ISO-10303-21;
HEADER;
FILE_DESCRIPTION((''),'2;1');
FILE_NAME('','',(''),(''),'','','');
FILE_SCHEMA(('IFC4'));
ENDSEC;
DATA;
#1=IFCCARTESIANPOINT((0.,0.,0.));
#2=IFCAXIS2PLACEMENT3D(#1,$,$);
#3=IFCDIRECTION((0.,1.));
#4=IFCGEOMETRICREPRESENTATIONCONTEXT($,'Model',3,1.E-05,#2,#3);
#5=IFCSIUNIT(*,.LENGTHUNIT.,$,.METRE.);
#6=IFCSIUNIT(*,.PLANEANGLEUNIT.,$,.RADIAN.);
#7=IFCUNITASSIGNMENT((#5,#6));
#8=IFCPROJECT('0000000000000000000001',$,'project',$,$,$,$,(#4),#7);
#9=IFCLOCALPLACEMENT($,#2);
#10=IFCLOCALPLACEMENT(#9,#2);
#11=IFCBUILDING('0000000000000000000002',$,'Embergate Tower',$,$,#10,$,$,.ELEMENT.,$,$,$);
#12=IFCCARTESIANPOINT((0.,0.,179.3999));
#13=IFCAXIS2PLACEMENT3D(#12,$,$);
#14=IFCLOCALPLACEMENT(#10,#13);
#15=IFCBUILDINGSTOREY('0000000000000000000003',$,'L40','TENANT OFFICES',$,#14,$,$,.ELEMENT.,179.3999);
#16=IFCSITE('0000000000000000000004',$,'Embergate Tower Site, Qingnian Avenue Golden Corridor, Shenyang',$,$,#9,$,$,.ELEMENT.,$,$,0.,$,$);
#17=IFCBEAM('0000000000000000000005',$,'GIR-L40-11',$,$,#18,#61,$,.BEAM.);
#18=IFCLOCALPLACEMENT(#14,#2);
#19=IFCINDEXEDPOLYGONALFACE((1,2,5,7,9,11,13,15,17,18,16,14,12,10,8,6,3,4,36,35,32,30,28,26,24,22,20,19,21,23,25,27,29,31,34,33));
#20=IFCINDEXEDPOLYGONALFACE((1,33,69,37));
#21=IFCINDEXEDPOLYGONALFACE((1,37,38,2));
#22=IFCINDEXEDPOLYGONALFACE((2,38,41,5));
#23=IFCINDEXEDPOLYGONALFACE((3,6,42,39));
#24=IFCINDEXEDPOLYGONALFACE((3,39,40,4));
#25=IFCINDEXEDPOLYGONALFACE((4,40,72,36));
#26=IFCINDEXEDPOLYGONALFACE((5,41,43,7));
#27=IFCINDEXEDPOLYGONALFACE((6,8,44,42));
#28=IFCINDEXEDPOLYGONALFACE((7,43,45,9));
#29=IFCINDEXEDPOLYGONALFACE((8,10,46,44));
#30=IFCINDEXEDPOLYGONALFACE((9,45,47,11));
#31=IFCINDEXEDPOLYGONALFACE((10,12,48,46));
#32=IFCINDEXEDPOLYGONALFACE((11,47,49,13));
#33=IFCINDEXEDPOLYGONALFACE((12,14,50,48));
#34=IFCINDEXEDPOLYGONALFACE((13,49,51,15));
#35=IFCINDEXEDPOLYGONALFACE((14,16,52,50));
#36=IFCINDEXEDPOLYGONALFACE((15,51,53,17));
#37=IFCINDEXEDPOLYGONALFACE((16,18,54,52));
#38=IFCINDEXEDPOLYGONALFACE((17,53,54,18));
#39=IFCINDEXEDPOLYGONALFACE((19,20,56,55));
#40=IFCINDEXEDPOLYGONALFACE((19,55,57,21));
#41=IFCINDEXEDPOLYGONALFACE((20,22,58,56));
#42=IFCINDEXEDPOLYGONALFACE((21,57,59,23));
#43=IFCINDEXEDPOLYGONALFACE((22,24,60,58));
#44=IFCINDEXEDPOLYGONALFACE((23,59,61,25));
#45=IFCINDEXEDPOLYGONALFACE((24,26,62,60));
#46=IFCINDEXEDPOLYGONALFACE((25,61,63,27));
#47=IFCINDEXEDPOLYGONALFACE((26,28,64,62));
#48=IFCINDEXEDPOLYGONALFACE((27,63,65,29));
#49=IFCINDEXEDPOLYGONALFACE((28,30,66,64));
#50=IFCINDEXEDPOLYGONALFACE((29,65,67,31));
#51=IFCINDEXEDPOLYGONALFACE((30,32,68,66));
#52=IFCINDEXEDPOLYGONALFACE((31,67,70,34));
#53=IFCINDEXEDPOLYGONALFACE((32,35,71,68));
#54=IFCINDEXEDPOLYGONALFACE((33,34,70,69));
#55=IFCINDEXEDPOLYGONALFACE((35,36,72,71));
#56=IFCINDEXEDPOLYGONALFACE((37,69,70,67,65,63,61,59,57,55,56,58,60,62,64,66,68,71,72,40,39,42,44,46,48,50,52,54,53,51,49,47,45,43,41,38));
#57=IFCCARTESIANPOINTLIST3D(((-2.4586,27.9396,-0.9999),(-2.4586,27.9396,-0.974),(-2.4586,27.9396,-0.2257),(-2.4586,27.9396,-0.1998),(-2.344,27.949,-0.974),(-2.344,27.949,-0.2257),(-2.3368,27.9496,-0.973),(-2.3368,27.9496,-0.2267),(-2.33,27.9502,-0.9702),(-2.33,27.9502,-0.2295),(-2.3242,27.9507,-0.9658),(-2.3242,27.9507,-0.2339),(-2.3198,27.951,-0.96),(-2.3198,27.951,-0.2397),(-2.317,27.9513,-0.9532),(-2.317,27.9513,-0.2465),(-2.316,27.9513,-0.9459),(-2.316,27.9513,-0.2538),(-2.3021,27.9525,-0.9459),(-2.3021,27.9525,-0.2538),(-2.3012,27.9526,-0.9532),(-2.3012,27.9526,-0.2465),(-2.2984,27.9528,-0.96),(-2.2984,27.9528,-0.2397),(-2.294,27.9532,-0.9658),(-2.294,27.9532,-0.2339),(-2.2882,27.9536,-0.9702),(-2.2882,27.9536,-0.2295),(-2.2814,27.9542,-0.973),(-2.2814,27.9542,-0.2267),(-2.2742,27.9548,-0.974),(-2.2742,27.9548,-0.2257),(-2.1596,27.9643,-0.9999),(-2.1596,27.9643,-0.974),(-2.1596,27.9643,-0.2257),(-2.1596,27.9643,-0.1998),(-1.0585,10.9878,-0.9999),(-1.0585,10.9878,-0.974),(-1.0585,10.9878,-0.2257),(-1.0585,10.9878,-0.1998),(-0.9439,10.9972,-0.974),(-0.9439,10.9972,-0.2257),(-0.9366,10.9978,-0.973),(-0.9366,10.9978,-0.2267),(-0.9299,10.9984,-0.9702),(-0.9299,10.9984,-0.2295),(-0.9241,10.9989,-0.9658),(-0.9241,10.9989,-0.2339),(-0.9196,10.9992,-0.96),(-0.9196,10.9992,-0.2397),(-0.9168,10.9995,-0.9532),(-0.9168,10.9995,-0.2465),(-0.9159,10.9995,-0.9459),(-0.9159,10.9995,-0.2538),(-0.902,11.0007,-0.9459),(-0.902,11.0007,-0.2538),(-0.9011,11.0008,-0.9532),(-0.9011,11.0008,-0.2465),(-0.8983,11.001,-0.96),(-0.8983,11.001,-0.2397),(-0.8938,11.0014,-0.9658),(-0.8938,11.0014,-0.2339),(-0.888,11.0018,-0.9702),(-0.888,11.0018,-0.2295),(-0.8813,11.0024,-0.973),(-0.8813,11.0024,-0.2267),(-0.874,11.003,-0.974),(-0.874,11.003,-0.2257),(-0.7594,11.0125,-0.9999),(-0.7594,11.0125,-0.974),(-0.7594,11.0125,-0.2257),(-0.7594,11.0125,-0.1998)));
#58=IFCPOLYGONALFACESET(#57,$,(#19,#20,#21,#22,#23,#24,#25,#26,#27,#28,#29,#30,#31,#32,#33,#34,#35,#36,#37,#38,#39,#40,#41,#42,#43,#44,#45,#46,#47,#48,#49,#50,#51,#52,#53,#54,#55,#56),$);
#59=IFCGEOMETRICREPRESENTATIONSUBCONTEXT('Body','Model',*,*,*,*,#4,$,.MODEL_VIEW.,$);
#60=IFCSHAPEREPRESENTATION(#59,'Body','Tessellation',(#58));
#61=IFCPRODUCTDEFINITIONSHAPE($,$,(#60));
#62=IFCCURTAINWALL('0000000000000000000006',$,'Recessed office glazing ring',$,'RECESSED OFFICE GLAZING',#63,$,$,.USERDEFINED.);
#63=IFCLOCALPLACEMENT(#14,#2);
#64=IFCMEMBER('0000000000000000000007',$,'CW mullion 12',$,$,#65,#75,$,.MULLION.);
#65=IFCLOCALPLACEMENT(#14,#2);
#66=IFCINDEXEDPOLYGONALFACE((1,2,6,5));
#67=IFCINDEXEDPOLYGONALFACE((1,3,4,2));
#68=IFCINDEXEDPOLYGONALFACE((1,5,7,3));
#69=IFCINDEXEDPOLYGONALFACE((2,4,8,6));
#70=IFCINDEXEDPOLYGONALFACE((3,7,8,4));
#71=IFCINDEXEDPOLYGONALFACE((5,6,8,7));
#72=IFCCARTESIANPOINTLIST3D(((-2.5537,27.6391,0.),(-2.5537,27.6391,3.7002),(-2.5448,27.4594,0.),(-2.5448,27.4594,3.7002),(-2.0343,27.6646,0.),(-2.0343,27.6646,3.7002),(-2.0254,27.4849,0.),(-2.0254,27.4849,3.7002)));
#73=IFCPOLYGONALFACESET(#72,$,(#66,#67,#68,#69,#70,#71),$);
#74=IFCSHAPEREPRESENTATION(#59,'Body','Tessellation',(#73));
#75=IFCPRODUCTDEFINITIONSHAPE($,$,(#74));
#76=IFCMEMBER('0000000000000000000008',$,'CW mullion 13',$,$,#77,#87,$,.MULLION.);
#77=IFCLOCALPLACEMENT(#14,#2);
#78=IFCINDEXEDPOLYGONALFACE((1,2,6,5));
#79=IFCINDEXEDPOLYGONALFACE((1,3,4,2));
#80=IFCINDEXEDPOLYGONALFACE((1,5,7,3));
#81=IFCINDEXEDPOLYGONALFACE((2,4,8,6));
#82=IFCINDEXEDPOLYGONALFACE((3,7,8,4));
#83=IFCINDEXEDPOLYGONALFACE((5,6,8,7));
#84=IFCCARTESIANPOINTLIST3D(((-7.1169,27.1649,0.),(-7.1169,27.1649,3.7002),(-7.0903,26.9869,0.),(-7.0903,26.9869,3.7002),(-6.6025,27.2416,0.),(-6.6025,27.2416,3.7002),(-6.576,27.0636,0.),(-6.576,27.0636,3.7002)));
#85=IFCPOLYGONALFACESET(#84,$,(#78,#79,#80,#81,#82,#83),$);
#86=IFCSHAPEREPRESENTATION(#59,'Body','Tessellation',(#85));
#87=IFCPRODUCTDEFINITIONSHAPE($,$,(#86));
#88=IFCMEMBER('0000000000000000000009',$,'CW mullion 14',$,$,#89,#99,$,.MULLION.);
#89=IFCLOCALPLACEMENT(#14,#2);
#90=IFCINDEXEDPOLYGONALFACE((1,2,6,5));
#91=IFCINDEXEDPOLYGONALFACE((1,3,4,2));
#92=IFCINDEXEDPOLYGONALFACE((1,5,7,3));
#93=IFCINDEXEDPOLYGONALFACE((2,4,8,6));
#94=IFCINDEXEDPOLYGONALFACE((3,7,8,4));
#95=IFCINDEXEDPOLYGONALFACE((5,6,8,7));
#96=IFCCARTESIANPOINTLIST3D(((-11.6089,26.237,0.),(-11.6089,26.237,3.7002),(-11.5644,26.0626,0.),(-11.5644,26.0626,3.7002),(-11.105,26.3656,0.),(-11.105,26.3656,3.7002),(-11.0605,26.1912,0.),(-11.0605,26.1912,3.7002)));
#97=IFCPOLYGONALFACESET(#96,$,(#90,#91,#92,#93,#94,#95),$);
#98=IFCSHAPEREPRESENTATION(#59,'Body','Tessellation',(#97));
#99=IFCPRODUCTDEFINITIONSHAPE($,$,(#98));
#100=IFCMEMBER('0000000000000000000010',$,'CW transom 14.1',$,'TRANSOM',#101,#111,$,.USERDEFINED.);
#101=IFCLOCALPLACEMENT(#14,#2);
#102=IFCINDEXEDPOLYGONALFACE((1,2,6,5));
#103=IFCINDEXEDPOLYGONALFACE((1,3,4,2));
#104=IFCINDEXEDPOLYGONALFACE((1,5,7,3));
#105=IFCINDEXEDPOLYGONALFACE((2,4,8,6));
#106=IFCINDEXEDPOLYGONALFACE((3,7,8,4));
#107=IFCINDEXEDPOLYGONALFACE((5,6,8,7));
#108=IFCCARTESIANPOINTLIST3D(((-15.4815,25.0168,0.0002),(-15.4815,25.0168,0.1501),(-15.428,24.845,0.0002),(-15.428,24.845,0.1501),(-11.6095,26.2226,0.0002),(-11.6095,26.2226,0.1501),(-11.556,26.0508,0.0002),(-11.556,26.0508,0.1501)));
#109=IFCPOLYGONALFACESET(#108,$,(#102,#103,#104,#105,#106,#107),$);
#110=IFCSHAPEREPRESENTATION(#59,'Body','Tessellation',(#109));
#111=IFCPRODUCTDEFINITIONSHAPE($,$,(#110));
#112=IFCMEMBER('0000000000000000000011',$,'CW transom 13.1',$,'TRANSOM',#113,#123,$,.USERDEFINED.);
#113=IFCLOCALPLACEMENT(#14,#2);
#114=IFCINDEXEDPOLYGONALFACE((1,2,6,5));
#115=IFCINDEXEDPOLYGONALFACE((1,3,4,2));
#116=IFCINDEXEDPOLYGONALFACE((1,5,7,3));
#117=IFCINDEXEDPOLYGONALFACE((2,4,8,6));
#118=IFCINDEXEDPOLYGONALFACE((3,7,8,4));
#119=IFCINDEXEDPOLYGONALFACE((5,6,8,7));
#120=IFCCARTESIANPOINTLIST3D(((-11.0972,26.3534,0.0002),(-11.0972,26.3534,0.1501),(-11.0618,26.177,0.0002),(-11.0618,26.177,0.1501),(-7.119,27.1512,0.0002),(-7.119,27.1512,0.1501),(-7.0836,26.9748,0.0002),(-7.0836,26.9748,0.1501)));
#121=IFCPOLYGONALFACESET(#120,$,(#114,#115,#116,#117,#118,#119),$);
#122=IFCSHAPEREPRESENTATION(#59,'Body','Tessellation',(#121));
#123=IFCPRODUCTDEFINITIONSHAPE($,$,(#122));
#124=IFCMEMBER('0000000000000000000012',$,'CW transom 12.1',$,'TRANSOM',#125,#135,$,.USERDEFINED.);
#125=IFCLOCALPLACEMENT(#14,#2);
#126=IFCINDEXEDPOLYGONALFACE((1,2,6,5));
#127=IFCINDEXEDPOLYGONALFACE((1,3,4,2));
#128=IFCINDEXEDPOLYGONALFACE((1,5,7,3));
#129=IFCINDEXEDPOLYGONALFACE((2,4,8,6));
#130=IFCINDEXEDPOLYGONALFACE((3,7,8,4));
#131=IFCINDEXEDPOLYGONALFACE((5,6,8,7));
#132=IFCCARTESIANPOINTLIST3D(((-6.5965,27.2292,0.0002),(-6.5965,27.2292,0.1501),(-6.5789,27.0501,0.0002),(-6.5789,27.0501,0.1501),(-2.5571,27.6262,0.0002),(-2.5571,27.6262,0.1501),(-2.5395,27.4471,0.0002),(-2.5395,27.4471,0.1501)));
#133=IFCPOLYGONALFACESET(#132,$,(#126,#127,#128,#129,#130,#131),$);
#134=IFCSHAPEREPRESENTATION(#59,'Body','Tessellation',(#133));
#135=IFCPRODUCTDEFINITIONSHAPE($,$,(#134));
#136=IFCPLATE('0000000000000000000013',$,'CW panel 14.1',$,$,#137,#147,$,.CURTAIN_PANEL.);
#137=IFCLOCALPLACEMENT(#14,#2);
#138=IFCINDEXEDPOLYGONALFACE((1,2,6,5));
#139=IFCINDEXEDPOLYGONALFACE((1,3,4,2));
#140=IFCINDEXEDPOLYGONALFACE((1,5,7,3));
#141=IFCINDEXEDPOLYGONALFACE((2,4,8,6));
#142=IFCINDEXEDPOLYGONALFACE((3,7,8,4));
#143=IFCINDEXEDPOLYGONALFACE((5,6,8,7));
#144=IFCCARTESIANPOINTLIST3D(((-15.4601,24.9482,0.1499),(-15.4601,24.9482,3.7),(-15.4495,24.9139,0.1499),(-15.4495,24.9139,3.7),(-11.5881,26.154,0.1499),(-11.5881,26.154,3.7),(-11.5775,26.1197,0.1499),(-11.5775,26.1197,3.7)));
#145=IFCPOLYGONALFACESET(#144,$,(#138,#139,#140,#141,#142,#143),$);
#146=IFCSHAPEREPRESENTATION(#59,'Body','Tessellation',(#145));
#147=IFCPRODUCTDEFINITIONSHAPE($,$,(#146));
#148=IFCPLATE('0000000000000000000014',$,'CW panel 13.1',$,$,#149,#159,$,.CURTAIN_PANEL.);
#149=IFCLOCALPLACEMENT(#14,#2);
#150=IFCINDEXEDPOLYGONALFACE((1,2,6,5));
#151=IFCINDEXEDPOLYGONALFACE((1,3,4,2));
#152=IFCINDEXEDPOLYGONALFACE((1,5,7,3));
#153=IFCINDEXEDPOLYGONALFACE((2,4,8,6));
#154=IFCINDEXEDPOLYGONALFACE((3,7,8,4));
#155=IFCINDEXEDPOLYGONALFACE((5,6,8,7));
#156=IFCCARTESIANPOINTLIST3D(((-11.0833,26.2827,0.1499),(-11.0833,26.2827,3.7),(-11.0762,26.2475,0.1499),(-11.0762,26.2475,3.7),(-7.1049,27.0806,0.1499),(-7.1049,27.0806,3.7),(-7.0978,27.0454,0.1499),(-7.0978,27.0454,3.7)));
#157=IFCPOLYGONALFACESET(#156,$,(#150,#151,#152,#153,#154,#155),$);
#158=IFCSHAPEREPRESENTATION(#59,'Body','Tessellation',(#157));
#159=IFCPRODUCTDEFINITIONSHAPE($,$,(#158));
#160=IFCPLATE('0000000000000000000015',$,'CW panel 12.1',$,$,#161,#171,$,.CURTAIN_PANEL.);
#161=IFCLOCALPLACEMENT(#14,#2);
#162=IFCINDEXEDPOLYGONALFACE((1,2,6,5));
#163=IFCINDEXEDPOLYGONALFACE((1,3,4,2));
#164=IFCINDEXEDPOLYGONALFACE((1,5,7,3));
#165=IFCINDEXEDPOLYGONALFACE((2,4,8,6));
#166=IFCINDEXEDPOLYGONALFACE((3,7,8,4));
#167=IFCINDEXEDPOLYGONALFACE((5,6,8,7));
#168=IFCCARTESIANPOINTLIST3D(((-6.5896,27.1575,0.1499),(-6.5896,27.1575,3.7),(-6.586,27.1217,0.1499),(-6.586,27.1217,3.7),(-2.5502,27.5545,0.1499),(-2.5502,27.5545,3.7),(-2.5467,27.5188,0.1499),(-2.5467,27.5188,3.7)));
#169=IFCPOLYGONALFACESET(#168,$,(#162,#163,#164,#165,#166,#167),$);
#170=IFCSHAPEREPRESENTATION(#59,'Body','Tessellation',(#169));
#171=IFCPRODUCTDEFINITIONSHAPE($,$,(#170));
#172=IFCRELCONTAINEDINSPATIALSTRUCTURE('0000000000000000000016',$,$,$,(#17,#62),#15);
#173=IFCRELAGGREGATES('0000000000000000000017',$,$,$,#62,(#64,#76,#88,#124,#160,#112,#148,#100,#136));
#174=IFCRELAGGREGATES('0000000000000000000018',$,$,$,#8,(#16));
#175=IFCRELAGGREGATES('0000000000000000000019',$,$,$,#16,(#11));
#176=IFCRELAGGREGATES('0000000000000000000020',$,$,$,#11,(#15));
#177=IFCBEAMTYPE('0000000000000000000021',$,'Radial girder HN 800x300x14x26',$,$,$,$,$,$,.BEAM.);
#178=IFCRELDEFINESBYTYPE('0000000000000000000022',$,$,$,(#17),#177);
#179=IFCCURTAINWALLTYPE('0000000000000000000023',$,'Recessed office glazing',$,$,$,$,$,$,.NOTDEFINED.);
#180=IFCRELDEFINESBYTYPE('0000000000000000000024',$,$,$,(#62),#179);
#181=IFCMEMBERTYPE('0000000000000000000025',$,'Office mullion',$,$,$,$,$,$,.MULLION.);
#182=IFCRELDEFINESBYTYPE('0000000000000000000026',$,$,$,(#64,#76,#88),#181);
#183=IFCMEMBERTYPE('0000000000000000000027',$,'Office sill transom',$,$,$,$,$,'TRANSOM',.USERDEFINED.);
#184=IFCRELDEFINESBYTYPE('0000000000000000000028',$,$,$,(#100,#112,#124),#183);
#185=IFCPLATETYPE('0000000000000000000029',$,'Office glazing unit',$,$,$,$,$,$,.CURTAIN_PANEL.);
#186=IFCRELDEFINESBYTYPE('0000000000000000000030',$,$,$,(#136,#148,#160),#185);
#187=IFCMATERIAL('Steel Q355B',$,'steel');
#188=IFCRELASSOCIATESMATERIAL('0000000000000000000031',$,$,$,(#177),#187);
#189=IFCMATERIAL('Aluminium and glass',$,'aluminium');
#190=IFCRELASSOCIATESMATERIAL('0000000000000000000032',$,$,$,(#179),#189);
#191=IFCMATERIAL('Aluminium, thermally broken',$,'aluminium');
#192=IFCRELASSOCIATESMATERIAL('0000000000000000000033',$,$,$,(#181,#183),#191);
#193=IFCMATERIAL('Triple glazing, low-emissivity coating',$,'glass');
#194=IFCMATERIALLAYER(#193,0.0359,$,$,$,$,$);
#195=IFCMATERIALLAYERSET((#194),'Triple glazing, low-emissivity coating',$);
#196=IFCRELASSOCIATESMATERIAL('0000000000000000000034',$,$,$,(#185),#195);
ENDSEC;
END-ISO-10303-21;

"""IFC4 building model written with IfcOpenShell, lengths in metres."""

from ifc_helpers import new_model, si_unit, direction, frame, origin, origin_2d, place, context, subcontext, project, spatial, rectangle, i_section, extrude, source, transform, mapped, material, layer, layer_set, material_profile, profile_set, type_object, element, aggregate, save


model = new_model("IFC4")

# Units and contexts
model_context = context("Model", 3, precision=1e-05, world=origin(), true_north=direction((0.0, 1.0)))
body_context = subcontext(model_context, "Body", "Model", "MODEL_VIEW")
ifc_project = project(units=[si_unit("LENGTHUNIT", "METRE"), si_unit("PLANEANGLEUNIT", "RADIAN")], contexts=[model_context])

# Site, building, storey
site_placement = place(None, origin())
site = spatial("IfcSite", under=ifc_project, at=site_placement, Name="Embergate Tower Site, Qingnian Avenue Golden Corridor, Shenyang", CompositionType="ELEMENT", RefElevation=0.0)
building_placement = place(site_placement, origin())
building = spatial("IfcBuilding", under=site, at=building_placement, Name="Embergate Tower", CompositionType="ELEMENT")
storey_placement = place(building_placement, frame((0.0, 0.0, 179.3999)))
storey = spatial("IfcBuildingStorey", under=building, at=storey_placement, Name="L40", Description="TENANT OFFICES", CompositionType="ELEMENT", Elevation=179.3999)

# Beam
ifc_material_1 = material(Name="Steel Q355B", Category="steel")
ifc_material_profile_1 = material_profile(ifc_material_1, i_section(OverallWidth=0.3, OverallDepth=0.8, WebThickness=0.0139, FlangeThickness=0.0259, FilletRadius=0.0281, at=origin_2d()), Name="HN 800x300x14x26")
ifc_profile_set_1 = profile_set([ifc_material_profile_1], Name="Steel Q355 grade B")
beam_type_1 = type_object("IfcBeamType", Name="Radial girder HN 800x300x14x26", PredefinedType="BEAM", material=ifc_profile_set_1)
shared_shape_1 = source(origin(), body_context, "Body", "SweptSolid", [
    extrude(i_section(OverallWidth=0.3, OverallDepth=0.8, WebThickness=0.0139, FlangeThickness=0.0259, FilletRadius=0.0281, at=origin_2d()), origin(), (0.0, 0.0, 1.0), 17.0095),
])
beam_1_placement = place(storey_placement, frame((-2.3091, 27.9519, -0.5999), z_axis=(0.082315, -0.996606, 0.0), x_axis=(0.996606, 0.082315, 0.0)))
element("IfcBeam", 1, at=beam_1_placement, inside=storey, type_object=beam_type_1, Name="GIR-L40-11", PredefinedType="BEAM", context=body_context, shape_type="MappedRepresentation", body=[
    mapped(shared_shape_1, transform((0.0, 0.0, 0.0))),
])

# Curtain wall, members, plates
ifc_material_2 = material(Name="Aluminium and glass", Category="aluminium")
curtain_wall_type = type_object("IfcCurtainWallType", Name="Recessed office glazing", PredefinedType="NOTDEFINED", material=ifc_material_2)
curtain_wall_placement = place(storey_placement, origin())
curtain_wall = element("IfcCurtainWall", 2, at=curtain_wall_placement, inside=storey, type_object=curtain_wall_type, Name="Recessed office glazing ring", ObjectType="RECESSED OFFICE GLAZING", PredefinedType="USERDEFINED")
ifc_material_3 = material(Name="Aluminium, thermally broken", Category="aluminium")
ifc_material_profile_2 = material_profile(ifc_material_3, rectangle(XDim=0.1799, YDim=0.52, at=origin_2d()), Name="AL 520x180")
ifc_profile_set_2 = profile_set([ifc_material_profile_2], Name="Aluminium, thermally broken")
member_type_1 = type_object("IfcMemberType", Name="Office mullion", PredefinedType="MULLION", material=ifc_profile_set_2)
shared_shape_2 = source(origin(), body_context, "Body", "SweptSolid", [
    extrude(rectangle(XDim=0.1799, YDim=0.52, at=origin_2d()), origin(), (0.0, 0.0, 1.0), 3.7002),
])
member_1_placement = place(storey_placement, frame((-2.2896, 27.562, 0.0), z_axis=(0.0, 0.0, 1.0), x_axis=(0.04897, -0.9988, 0.0)))
member_1 = element("IfcMember", 3, at=member_1_placement, type_object=member_type_1, Name="CW mullion 12", PredefinedType="MULLION", context=body_context, shape_type="MappedRepresentation", body=[
    mapped(shared_shape_2, transform((0.0, 0.0, 0.0))),
])
member_2_placement = place(storey_placement, frame((-6.8464, 27.1143, 0.0), z_axis=(0.0, 0.0, 1.0), x_axis=(0.147409, -0.989076, 0.0)))
member_2 = element("IfcMember", 4, at=member_2_placement, type_object=member_type_1, Name="CW mullion 13", PredefinedType="MULLION", context=body_context, shape_type="MappedRepresentation", body=[
    mapped(shared_shape_2, transform((0.0, 0.0, 0.0))),
])
member_3_placement = place(storey_placement, frame((-11.3347, 26.2141, 0.0), z_axis=(0.0, 0.0, 1.0), x_axis=(0.247308, -0.968937, 0.0)))
member_3 = element("IfcMember", 5, at=member_3_placement, type_object=member_type_1, Name="CW mullion 14", PredefinedType="MULLION", context=body_context, shape_type="MappedRepresentation", body=[
    mapped(shared_shape_2, transform((0.0, 0.0, 0.0))),
])
ifc_material_profile_3 = material_profile(ifc_material_3, rectangle(XDim=0.1799, YDim=0.1499, at=origin_2d()), Name="AL 150x180")
ifc_profile_set_3 = profile_set([ifc_material_profile_3], Name="Aluminium, thermally broken")
member_type_2 = type_object("IfcMemberType", Name="Office sill transom", ElementType="TRANSOM", PredefinedType="USERDEFINED", material=ifc_profile_set_3)
shared_shape_3 = source(origin(), body_context, "Body", "SweptSolid", [
    extrude(rectangle(XDim=0.1799, YDim=0.1499, at=origin_2d()), origin(), (0.0, 0.0, 1.0), 4.0554),
])
member_4_placement = place(storey_placement, frame((-11.5828, 26.1367, 0.0752), z_axis=(-0.954775, -0.297329, 0.0), x_axis=(0.297329, -0.954775, 0.0)))
member_4 = element("IfcMember", 6, at=member_4_placement, type_object=member_type_2, Name="CW transom 14.1", ObjectType="TRANSOM", PredefinedType="USERDEFINED", context=body_context, shape_type="MappedRepresentation", body=[
    mapped(shared_shape_3, transform((0.0, 0.0, 0.0))),
])
shared_shape_4 = source(origin(), body_context, "Body", "SweptSolid", [
    extrude(rectangle(XDim=0.1799, YDim=0.1499, at=origin_2d()), origin(), (0.0, 0.0, 1.0), 4.0574),
])
member_5_placement = place(storey_placement, frame((-7.1013, 27.063, 0.0752), z_axis=(-0.980476, -0.196637, 0.0), x_axis=(0.196637, -0.980476, 0.0)))
member_5 = element("IfcMember", 7, at=member_5_placement, type_object=member_type_2, Name="CW transom 13.1", ObjectType="TRANSOM", PredefinedType="USERDEFINED", context=body_context, shape_type="MappedRepresentation", body=[
    mapped(shared_shape_4, transform((0.0, 0.0, 0.0))),
])
shared_shape_5 = source(origin(), body_context, "Body", "SweptSolid", [
    extrude(rectangle(XDim=0.1799, YDim=0.1499, at=origin_2d()), origin(), (0.0, 0.0, 1.0), 4.0588),
])
member_6_placement = place(storey_placement, frame((-2.5483, 27.5366, 0.0752), z_axis=(-0.995205, -0.097806, 0.0), x_axis=(0.097806, -0.995205, 0.0)))
member_6 = element("IfcMember", 8, at=member_6_placement, type_object=member_type_2, Name="CW transom 12.1", ObjectType="TRANSOM", PredefinedType="USERDEFINED", context=body_context, shape_type="MappedRepresentation", body=[
    mapped(shared_shape_5, transform((0.0, 0.0, 0.0))),
])
ifc_material_4 = material(Name="Triple glazing, low-emissivity coating", Category="glass")
ifc_layer_1 = layer(ifc_material_4, 0.0359)
ifc_layer_set_1 = layer_set([ifc_layer_1], Name="Triple glazing, low-emissivity coating")
plate_type = type_object("IfcPlateType", Name="Office glazing unit", PredefinedType="CURTAIN_PANEL", material=ifc_layer_set_1)
shared_shape_6 = source(origin(), body_context, "Body", "SweptSolid", [
    extrude(rectangle(XDim=4.0554, YDim=0.0359, at=origin_2d()), origin(), (0.0, 0.0, 1.0), 3.55),
])
plate_1_placement = place(storey_placement, frame((-13.5188, 25.5339, 0.1499), z_axis=(0.0, 0.0, 1.0), x_axis=(-0.954773, -0.297335, 0.0)))
plate_1 = element("IfcPlate", 9, at=plate_1_placement, type_object=plate_type, Name="CW panel 14.1", PredefinedType="CURTAIN_PANEL", context=body_context, shape_type="MappedRepresentation", body=[
    mapped(shared_shape_6, transform((0.0, 0.0, 0.0))),
])
shared_shape_7 = source(origin(), body_context, "Body", "SweptSolid", [
    extrude(rectangle(XDim=4.0576, YDim=0.0359, at=origin_2d()), origin(), (0.0, 0.0, 1.0), 3.55),
])
plate_2_placement = place(storey_placement, frame((-9.0906, 26.6641, 0.1499), z_axis=(0.0, 0.0, 1.0), x_axis=(-0.980476, -0.196638, 0.0)))
plate_2 = element("IfcPlate", 10, at=plate_2_placement, type_object=plate_type, Name="CW panel 13.1", PredefinedType="CURTAIN_PANEL", context=body_context, shape_type="MappedRepresentation", body=[
    mapped(shared_shape_7, transform((0.0, 0.0, 0.0))),
])
shared_shape_8 = source(origin(), body_context, "Body", "SweptSolid", [
    extrude(rectangle(XDim=4.0588, YDim=0.0359, at=origin_2d()), origin(), (0.0, 0.0, 1.0), 3.55),
])
plate_3_placement = place(storey_placement, frame((-4.5681, 27.3381, 0.1499), z_axis=(0.0, 0.0, 1.0), x_axis=(-0.995203, -0.097828, 0.0)))
plate_3 = element("IfcPlate", 11, at=plate_3_placement, type_object=plate_type, Name="CW panel 12.1", PredefinedType="CURTAIN_PANEL", context=body_context, shape_type="MappedRepresentation", body=[
    mapped(shared_shape_8, transform((0.0, 0.0, 0.0))),
])
aggregate(curtain_wall, [member_1, member_2, member_3, member_6, plate_3, member_5, plate_2, member_4, plate_1])

save(model, "model.ifc")
